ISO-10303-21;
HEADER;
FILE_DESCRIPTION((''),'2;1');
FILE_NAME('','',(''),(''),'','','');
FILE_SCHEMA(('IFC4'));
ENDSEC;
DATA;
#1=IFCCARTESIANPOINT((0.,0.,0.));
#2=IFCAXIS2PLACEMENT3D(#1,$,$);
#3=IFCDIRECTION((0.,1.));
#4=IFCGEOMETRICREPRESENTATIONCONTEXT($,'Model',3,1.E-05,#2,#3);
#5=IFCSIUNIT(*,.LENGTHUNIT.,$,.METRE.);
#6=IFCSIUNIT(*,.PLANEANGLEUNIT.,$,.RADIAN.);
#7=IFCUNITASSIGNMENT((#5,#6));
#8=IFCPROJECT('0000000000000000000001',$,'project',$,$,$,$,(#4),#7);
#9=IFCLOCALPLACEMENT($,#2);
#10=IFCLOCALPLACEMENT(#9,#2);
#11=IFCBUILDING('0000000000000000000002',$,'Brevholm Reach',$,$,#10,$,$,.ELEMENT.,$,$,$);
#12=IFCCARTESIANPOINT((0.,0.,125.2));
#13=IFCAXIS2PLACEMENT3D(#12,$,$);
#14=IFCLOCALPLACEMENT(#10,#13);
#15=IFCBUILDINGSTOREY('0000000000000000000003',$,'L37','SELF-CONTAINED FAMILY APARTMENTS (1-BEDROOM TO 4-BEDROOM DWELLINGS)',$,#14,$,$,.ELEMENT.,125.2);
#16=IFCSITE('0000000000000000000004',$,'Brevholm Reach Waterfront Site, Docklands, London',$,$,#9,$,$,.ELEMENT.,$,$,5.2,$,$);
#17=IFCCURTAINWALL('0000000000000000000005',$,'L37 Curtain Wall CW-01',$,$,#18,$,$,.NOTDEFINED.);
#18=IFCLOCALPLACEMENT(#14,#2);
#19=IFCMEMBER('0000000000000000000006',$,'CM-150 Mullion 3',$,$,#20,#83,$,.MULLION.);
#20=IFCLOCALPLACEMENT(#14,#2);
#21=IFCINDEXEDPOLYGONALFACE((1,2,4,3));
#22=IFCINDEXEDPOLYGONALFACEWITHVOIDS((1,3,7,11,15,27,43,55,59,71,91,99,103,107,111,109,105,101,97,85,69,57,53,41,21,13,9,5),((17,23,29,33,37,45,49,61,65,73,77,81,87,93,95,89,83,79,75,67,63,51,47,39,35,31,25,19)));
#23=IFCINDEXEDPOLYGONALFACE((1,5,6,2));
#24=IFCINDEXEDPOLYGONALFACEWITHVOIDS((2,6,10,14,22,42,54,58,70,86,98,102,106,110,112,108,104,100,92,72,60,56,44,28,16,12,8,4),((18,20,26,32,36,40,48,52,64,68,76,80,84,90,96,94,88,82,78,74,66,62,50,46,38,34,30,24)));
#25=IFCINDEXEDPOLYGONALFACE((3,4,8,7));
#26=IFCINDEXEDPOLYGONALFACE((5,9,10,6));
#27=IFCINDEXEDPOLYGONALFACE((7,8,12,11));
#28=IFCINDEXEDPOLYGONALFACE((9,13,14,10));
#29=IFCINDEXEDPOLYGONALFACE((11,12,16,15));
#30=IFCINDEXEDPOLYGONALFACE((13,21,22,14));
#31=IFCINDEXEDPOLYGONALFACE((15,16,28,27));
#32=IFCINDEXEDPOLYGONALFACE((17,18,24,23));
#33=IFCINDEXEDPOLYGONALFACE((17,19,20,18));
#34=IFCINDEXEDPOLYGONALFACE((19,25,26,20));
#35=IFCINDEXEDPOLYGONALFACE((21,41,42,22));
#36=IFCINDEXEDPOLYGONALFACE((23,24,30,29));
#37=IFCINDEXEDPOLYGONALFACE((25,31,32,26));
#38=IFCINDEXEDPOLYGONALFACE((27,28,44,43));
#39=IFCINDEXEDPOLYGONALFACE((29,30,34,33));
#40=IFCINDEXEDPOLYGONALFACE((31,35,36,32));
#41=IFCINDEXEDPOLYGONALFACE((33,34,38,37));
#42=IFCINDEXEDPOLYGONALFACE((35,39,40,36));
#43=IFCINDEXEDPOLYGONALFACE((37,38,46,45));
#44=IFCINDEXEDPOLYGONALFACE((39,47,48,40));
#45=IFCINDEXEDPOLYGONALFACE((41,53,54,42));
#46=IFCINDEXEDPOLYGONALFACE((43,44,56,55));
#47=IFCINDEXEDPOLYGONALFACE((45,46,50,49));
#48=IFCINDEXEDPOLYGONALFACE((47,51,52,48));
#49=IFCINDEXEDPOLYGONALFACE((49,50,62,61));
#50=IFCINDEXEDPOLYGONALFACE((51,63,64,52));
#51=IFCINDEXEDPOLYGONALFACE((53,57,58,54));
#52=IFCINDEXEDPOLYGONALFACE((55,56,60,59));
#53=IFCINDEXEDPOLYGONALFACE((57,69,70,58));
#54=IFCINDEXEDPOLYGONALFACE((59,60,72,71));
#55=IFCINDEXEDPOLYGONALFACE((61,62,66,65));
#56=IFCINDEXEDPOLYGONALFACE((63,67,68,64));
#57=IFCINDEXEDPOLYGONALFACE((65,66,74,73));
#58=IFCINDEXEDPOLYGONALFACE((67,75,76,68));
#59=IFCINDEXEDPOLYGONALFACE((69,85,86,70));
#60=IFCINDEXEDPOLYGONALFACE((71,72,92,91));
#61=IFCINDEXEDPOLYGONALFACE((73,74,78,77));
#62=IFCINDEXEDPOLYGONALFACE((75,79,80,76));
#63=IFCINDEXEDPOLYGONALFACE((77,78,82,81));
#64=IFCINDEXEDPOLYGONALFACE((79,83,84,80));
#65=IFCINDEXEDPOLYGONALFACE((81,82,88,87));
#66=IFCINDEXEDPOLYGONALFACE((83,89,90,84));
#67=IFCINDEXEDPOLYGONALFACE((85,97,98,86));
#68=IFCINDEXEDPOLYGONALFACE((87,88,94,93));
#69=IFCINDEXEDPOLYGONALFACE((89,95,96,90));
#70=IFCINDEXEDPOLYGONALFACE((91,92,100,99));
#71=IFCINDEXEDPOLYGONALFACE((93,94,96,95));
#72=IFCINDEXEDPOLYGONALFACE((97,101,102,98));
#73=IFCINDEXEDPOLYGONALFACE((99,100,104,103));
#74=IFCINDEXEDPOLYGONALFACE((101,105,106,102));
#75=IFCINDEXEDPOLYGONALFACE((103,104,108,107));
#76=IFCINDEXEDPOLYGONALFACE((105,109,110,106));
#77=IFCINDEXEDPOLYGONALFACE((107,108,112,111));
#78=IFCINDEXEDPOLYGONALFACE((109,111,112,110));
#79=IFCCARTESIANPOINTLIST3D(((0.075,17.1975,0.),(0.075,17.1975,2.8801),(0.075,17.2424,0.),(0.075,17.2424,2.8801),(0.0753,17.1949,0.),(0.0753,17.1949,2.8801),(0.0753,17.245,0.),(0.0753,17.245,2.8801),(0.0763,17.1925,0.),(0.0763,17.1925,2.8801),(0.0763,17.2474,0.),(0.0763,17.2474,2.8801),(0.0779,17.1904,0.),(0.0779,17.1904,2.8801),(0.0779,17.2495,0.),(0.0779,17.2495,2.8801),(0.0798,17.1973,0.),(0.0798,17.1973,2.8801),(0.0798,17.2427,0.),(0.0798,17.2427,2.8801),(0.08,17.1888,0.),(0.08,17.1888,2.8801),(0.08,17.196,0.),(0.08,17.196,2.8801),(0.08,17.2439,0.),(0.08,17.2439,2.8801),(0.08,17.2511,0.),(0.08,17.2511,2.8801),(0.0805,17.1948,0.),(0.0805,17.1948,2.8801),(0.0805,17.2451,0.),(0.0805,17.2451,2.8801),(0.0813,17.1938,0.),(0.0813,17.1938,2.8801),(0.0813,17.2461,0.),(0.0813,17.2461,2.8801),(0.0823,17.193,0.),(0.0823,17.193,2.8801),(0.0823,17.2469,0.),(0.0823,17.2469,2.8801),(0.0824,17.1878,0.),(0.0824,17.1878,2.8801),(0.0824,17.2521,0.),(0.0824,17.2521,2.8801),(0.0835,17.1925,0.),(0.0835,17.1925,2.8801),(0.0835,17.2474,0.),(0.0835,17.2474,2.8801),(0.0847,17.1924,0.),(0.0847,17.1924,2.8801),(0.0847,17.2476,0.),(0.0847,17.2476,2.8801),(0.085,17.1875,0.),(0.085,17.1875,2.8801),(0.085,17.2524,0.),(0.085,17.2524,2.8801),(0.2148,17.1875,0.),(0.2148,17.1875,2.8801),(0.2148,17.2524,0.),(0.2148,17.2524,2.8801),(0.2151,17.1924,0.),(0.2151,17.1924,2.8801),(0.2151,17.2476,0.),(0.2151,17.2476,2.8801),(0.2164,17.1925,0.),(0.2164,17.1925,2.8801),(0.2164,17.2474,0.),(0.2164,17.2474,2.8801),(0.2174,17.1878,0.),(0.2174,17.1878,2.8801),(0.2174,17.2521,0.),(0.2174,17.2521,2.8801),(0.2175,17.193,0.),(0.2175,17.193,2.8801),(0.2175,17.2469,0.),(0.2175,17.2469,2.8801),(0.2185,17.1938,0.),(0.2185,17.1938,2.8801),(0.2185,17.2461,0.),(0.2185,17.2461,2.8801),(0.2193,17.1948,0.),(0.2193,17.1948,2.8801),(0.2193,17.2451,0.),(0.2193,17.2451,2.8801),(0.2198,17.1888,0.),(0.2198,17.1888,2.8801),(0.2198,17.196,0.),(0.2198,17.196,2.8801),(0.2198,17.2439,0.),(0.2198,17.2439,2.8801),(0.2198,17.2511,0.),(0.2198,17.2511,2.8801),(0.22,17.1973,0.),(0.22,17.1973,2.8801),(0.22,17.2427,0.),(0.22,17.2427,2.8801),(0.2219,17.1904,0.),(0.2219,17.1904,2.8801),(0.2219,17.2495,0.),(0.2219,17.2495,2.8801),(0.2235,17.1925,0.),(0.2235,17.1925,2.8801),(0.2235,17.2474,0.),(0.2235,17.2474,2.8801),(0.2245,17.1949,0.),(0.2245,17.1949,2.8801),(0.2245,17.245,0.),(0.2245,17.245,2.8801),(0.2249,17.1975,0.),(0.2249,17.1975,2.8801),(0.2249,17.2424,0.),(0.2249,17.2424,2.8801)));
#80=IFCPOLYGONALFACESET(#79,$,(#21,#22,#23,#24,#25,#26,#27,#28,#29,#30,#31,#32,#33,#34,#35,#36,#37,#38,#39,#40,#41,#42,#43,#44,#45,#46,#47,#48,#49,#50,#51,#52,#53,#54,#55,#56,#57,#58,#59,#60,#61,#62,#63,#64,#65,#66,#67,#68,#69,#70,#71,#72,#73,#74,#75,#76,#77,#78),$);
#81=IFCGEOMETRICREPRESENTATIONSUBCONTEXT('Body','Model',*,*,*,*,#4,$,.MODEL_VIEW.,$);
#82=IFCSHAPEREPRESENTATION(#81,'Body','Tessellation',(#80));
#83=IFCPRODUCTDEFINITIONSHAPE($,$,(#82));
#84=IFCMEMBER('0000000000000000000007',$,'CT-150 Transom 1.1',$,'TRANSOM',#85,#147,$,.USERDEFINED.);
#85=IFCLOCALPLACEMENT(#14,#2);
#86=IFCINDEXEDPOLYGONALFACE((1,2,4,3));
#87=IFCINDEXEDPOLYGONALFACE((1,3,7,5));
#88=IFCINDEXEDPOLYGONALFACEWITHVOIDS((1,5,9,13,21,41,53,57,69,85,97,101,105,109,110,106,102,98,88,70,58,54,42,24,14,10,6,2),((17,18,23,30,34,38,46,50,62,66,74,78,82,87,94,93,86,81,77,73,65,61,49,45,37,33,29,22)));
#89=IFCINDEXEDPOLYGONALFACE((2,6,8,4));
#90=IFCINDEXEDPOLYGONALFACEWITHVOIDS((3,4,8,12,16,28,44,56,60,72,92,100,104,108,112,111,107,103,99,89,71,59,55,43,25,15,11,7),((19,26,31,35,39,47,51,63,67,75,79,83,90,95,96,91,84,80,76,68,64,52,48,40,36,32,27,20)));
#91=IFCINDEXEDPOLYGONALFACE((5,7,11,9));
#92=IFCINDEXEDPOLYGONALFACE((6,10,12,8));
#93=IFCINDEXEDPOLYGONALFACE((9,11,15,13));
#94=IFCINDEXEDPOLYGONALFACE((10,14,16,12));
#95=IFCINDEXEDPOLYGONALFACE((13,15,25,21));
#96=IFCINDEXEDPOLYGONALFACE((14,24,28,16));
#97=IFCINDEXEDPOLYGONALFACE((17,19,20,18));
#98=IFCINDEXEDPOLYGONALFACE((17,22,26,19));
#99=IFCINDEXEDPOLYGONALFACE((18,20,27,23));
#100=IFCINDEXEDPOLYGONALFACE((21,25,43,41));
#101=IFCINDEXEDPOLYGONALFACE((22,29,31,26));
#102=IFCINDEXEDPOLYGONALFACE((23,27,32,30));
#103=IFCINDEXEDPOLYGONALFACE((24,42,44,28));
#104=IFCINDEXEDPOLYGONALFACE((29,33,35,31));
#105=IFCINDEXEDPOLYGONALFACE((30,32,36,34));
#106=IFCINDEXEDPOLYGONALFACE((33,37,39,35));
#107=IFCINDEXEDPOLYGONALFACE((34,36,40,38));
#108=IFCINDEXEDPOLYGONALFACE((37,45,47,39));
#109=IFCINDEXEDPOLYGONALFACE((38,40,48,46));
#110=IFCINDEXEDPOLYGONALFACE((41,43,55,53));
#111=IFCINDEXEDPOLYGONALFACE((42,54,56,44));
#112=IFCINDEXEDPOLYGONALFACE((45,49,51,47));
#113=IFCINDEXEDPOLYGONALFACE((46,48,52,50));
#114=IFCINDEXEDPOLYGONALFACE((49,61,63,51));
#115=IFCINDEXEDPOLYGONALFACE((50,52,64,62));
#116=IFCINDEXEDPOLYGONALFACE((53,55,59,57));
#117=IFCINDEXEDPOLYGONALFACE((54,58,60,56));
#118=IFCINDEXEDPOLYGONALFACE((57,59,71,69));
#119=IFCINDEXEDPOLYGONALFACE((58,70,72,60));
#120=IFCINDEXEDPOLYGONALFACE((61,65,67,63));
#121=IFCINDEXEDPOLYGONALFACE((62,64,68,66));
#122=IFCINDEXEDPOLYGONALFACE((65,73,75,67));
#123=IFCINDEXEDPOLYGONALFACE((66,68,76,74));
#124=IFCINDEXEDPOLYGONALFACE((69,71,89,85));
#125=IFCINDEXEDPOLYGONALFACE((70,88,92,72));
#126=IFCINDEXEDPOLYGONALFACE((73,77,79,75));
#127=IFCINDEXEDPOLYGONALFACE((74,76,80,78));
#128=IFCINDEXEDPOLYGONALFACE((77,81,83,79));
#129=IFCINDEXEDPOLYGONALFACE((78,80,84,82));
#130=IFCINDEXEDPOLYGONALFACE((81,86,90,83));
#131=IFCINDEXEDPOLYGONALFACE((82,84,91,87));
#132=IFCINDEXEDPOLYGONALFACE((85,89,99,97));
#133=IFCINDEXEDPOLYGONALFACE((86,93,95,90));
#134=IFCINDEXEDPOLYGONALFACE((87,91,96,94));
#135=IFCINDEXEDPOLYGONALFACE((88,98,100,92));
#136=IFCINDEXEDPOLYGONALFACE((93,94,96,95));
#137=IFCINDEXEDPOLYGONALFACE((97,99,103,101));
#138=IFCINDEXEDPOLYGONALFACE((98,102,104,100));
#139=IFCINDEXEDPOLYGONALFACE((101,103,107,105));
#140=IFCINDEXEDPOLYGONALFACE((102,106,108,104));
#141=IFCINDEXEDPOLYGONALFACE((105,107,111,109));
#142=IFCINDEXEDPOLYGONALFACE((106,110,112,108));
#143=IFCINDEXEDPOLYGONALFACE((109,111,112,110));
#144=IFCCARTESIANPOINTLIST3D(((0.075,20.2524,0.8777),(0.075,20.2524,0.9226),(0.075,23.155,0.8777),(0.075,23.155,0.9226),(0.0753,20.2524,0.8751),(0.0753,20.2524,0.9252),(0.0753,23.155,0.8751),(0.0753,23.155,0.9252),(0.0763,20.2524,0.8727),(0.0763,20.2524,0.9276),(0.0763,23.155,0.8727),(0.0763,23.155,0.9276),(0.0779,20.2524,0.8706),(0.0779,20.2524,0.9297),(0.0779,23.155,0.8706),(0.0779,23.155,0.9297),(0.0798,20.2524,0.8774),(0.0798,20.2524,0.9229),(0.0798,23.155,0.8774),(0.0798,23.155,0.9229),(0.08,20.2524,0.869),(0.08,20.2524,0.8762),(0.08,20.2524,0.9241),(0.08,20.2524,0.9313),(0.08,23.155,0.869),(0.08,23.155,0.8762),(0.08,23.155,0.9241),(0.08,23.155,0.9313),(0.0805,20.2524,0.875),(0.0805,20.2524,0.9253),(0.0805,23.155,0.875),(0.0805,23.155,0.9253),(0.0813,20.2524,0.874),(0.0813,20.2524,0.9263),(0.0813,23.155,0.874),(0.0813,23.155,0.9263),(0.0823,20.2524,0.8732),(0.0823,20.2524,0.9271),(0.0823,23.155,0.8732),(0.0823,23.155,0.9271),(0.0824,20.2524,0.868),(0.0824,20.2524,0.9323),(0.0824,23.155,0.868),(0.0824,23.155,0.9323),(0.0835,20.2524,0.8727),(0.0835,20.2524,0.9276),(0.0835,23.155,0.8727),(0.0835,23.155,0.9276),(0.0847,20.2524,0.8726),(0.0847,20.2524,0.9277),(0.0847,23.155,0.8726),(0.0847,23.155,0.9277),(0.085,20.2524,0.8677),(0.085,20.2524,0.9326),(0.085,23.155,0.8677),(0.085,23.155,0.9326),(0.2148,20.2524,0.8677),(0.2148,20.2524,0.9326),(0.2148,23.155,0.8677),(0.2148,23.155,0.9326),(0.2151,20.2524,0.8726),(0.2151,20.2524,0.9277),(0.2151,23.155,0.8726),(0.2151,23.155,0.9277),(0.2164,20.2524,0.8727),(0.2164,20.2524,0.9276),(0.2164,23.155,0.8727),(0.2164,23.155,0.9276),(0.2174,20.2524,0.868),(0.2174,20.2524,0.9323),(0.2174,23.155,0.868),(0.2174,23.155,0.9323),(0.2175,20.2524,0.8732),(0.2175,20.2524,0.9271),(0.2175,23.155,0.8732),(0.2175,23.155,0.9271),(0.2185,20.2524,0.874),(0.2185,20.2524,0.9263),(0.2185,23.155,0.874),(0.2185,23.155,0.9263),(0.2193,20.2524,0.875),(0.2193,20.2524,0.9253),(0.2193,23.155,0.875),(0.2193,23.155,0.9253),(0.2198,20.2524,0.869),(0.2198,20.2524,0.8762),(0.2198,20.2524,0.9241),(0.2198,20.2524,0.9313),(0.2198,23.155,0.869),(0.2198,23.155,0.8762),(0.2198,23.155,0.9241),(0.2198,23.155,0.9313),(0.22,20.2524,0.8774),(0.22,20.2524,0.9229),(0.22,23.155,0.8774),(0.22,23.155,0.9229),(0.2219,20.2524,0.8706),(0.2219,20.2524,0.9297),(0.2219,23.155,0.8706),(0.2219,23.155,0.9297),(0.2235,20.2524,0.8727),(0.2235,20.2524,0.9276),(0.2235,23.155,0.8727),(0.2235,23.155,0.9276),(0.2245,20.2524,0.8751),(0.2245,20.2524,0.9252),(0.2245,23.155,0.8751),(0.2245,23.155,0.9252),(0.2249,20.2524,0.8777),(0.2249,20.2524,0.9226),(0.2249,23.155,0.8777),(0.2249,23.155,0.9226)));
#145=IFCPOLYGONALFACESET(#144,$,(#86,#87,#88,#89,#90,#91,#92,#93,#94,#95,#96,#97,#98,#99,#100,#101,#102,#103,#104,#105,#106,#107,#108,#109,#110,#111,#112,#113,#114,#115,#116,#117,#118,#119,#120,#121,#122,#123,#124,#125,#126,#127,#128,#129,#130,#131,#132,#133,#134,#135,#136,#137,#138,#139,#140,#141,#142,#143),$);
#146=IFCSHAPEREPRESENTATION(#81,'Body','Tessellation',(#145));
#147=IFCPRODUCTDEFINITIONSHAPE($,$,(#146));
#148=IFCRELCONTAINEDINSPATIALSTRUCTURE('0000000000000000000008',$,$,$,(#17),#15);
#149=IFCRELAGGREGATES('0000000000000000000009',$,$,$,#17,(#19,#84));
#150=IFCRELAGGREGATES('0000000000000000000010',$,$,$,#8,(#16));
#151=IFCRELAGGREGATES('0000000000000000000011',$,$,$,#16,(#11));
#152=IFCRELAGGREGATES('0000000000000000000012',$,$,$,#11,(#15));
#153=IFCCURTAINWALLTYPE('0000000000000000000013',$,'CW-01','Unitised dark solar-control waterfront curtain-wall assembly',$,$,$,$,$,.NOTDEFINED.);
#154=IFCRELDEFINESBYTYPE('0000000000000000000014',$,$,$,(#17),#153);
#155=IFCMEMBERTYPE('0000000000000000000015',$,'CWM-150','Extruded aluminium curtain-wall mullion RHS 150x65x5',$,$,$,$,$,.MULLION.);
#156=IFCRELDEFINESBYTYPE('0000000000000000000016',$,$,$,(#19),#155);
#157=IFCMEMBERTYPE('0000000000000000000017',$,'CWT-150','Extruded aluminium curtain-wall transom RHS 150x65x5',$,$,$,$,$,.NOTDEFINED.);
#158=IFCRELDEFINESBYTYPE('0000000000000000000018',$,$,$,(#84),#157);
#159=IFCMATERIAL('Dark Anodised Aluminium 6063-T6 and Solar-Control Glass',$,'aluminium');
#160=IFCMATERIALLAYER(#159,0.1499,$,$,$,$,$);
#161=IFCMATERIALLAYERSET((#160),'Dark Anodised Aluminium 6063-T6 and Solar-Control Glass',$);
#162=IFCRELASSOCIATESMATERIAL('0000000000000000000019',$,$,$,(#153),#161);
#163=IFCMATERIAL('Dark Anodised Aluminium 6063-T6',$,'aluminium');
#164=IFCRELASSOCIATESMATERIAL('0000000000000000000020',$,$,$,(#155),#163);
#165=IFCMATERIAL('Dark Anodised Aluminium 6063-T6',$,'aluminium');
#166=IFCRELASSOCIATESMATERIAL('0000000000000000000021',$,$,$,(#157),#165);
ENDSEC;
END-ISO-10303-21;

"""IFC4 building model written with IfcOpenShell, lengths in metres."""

from ifc_helpers import new_model, si_unit, direction, frame, origin, origin_2d, place, context, subcontext, project, spatial, hollow_rectangle, extrude, material, layer, layer_set, material_profile, profile_set, type_object, element, aggregate, save


model = new_model("IFC4")

# Units and contexts
model_context = context("Model", 3, precision=1e-05, world=origin(), true_north=direction((0.0, 1.0)))
body_context = subcontext(model_context, "Body", "Model", "MODEL_VIEW")
ifc_project = project(units=[si_unit("LENGTHUNIT", "METRE"), si_unit("PLANEANGLEUNIT", "RADIAN")], contexts=[model_context])

# Site, building, storey
site_placement = place(None, origin())
site = spatial("IfcSite", under=ifc_project, at=site_placement, Name="Brevholm Reach Waterfront Site, Docklands, London", CompositionType="ELEMENT", RefElevation=5.2)
building_placement = place(site_placement, origin())
building = spatial("IfcBuilding", under=site, at=building_placement, Name="Brevholm Reach", CompositionType="ELEMENT")
storey_placement = place(building_placement, frame((0.0, 0.0, 125.2)))
storey = spatial("IfcBuildingStorey", under=building, at=storey_placement, Name="L37", Description="SELF-CONTAINED FAMILY APARTMENTS (1-BEDROOM TO 4-BEDROOM DWELLINGS)", CompositionType="ELEMENT", Elevation=125.2)

# Curtain wall, members
ifc_material_1 = material(Name="Dark Anodised Aluminium 6063-T6 and Solar-Control Glass", Category="aluminium")
ifc_layer_1 = layer(ifc_material_1, 0.1499)
ifc_layer_set_1 = layer_set([ifc_layer_1], Name="Dark Anodised Aluminium 6063-T6 and Solar-Control Glass")
curtain_wall_type = type_object("IfcCurtainWallType", Name="CW-01", Description="Unitised dark solar-control waterfront curtain-wall assembly", PredefinedType="NOTDEFINED", material=ifc_layer_set_1)
curtain_wall_placement = place(storey_placement, origin())
curtain_wall = element("IfcCurtainWall", 1, at=curtain_wall_placement, inside=storey, type_object=curtain_wall_type, Name="L37 Curtain Wall CW-01", PredefinedType="NOTDEFINED")
ifc_material_2 = material(Name="Dark Anodised Aluminium 6063-T6", Category="aluminium")
ifc_material_profile_1 = material_profile(ifc_material_2, hollow_rectangle(XDim=0.0649, YDim=0.1499, WallThickness=0.0049, InnerFilletRadius=0.0049, OuterFilletRadius=0.01, at=origin_2d()), Name="RHS 150x65x5")
ifc_profile_set_1 = profile_set([ifc_material_profile_1], Name="Dark Anodised Aluminium 6063-T6")
member_type_1 = type_object("IfcMemberType", Name="CWM-150", Description="Extruded aluminium curtain-wall mullion RHS 150x65x5", PredefinedType="MULLION", material=ifc_profile_set_1)
member_1_placement = place(storey_placement, frame((0.1499, 17.22, 0.0), z_axis=(0.0, 0.0, 1.0), x_axis=(0.0, -1.0, 0.0)))
member_1 = element("IfcMember", 2, at=member_1_placement, type_object=member_type_1, Name="CM-150 Mullion 3", PredefinedType="MULLION", context=body_context, shape_type="SweptSolid", body=[
    extrude(hollow_rectangle(XDim=0.0649, YDim=0.1499, WallThickness=0.0049, InnerFilletRadius=0.0049, OuterFilletRadius=0.01, at=origin_2d()), origin(), (0.0, 0.0, 1.0), 2.8801),
])
ifc_material_3 = material(Name="Dark Anodised Aluminium 6063-T6", Category="aluminium")
ifc_material_profile_2 = material_profile(ifc_material_3, hollow_rectangle(XDim=0.0649, YDim=0.1499, WallThickness=0.0049, InnerFilletRadius=0.0049, OuterFilletRadius=0.01, at=origin_2d()), Name="RHS 150x65x5")
ifc_profile_set_2 = profile_set([ifc_material_profile_2], Name="Dark Anodised Aluminium 6063-T6")
member_type_2 = type_object("IfcMemberType", Name="CWT-150", Description="Extruded aluminium curtain-wall transom RHS 150x65x5", PredefinedType="NOTDEFINED", material=ifc_profile_set_2)
member_2_placement = place(storey_placement, frame((0.1499, 23.155, 0.9001), z_axis=(0.0, -1.0, 0.0), x_axis=(0.0, 0.0, 1.0)))
member_2 = element("IfcMember", 3, at=member_2_placement, type_object=member_type_2, Name="CT-150 Transom 1.1", ObjectType="TRANSOM", PredefinedType="USERDEFINED", context=body_context, shape_type="SweptSolid", body=[
    extrude(hollow_rectangle(XDim=0.0649, YDim=0.1499, WallThickness=0.0049, InnerFilletRadius=0.0049, OuterFilletRadius=0.01, at=origin_2d()), origin(), (0.0, 0.0, 1.0), 2.9026),
])
aggregate(curtain_wall, [member_1, member_2])

save(model, "model.ifc")
